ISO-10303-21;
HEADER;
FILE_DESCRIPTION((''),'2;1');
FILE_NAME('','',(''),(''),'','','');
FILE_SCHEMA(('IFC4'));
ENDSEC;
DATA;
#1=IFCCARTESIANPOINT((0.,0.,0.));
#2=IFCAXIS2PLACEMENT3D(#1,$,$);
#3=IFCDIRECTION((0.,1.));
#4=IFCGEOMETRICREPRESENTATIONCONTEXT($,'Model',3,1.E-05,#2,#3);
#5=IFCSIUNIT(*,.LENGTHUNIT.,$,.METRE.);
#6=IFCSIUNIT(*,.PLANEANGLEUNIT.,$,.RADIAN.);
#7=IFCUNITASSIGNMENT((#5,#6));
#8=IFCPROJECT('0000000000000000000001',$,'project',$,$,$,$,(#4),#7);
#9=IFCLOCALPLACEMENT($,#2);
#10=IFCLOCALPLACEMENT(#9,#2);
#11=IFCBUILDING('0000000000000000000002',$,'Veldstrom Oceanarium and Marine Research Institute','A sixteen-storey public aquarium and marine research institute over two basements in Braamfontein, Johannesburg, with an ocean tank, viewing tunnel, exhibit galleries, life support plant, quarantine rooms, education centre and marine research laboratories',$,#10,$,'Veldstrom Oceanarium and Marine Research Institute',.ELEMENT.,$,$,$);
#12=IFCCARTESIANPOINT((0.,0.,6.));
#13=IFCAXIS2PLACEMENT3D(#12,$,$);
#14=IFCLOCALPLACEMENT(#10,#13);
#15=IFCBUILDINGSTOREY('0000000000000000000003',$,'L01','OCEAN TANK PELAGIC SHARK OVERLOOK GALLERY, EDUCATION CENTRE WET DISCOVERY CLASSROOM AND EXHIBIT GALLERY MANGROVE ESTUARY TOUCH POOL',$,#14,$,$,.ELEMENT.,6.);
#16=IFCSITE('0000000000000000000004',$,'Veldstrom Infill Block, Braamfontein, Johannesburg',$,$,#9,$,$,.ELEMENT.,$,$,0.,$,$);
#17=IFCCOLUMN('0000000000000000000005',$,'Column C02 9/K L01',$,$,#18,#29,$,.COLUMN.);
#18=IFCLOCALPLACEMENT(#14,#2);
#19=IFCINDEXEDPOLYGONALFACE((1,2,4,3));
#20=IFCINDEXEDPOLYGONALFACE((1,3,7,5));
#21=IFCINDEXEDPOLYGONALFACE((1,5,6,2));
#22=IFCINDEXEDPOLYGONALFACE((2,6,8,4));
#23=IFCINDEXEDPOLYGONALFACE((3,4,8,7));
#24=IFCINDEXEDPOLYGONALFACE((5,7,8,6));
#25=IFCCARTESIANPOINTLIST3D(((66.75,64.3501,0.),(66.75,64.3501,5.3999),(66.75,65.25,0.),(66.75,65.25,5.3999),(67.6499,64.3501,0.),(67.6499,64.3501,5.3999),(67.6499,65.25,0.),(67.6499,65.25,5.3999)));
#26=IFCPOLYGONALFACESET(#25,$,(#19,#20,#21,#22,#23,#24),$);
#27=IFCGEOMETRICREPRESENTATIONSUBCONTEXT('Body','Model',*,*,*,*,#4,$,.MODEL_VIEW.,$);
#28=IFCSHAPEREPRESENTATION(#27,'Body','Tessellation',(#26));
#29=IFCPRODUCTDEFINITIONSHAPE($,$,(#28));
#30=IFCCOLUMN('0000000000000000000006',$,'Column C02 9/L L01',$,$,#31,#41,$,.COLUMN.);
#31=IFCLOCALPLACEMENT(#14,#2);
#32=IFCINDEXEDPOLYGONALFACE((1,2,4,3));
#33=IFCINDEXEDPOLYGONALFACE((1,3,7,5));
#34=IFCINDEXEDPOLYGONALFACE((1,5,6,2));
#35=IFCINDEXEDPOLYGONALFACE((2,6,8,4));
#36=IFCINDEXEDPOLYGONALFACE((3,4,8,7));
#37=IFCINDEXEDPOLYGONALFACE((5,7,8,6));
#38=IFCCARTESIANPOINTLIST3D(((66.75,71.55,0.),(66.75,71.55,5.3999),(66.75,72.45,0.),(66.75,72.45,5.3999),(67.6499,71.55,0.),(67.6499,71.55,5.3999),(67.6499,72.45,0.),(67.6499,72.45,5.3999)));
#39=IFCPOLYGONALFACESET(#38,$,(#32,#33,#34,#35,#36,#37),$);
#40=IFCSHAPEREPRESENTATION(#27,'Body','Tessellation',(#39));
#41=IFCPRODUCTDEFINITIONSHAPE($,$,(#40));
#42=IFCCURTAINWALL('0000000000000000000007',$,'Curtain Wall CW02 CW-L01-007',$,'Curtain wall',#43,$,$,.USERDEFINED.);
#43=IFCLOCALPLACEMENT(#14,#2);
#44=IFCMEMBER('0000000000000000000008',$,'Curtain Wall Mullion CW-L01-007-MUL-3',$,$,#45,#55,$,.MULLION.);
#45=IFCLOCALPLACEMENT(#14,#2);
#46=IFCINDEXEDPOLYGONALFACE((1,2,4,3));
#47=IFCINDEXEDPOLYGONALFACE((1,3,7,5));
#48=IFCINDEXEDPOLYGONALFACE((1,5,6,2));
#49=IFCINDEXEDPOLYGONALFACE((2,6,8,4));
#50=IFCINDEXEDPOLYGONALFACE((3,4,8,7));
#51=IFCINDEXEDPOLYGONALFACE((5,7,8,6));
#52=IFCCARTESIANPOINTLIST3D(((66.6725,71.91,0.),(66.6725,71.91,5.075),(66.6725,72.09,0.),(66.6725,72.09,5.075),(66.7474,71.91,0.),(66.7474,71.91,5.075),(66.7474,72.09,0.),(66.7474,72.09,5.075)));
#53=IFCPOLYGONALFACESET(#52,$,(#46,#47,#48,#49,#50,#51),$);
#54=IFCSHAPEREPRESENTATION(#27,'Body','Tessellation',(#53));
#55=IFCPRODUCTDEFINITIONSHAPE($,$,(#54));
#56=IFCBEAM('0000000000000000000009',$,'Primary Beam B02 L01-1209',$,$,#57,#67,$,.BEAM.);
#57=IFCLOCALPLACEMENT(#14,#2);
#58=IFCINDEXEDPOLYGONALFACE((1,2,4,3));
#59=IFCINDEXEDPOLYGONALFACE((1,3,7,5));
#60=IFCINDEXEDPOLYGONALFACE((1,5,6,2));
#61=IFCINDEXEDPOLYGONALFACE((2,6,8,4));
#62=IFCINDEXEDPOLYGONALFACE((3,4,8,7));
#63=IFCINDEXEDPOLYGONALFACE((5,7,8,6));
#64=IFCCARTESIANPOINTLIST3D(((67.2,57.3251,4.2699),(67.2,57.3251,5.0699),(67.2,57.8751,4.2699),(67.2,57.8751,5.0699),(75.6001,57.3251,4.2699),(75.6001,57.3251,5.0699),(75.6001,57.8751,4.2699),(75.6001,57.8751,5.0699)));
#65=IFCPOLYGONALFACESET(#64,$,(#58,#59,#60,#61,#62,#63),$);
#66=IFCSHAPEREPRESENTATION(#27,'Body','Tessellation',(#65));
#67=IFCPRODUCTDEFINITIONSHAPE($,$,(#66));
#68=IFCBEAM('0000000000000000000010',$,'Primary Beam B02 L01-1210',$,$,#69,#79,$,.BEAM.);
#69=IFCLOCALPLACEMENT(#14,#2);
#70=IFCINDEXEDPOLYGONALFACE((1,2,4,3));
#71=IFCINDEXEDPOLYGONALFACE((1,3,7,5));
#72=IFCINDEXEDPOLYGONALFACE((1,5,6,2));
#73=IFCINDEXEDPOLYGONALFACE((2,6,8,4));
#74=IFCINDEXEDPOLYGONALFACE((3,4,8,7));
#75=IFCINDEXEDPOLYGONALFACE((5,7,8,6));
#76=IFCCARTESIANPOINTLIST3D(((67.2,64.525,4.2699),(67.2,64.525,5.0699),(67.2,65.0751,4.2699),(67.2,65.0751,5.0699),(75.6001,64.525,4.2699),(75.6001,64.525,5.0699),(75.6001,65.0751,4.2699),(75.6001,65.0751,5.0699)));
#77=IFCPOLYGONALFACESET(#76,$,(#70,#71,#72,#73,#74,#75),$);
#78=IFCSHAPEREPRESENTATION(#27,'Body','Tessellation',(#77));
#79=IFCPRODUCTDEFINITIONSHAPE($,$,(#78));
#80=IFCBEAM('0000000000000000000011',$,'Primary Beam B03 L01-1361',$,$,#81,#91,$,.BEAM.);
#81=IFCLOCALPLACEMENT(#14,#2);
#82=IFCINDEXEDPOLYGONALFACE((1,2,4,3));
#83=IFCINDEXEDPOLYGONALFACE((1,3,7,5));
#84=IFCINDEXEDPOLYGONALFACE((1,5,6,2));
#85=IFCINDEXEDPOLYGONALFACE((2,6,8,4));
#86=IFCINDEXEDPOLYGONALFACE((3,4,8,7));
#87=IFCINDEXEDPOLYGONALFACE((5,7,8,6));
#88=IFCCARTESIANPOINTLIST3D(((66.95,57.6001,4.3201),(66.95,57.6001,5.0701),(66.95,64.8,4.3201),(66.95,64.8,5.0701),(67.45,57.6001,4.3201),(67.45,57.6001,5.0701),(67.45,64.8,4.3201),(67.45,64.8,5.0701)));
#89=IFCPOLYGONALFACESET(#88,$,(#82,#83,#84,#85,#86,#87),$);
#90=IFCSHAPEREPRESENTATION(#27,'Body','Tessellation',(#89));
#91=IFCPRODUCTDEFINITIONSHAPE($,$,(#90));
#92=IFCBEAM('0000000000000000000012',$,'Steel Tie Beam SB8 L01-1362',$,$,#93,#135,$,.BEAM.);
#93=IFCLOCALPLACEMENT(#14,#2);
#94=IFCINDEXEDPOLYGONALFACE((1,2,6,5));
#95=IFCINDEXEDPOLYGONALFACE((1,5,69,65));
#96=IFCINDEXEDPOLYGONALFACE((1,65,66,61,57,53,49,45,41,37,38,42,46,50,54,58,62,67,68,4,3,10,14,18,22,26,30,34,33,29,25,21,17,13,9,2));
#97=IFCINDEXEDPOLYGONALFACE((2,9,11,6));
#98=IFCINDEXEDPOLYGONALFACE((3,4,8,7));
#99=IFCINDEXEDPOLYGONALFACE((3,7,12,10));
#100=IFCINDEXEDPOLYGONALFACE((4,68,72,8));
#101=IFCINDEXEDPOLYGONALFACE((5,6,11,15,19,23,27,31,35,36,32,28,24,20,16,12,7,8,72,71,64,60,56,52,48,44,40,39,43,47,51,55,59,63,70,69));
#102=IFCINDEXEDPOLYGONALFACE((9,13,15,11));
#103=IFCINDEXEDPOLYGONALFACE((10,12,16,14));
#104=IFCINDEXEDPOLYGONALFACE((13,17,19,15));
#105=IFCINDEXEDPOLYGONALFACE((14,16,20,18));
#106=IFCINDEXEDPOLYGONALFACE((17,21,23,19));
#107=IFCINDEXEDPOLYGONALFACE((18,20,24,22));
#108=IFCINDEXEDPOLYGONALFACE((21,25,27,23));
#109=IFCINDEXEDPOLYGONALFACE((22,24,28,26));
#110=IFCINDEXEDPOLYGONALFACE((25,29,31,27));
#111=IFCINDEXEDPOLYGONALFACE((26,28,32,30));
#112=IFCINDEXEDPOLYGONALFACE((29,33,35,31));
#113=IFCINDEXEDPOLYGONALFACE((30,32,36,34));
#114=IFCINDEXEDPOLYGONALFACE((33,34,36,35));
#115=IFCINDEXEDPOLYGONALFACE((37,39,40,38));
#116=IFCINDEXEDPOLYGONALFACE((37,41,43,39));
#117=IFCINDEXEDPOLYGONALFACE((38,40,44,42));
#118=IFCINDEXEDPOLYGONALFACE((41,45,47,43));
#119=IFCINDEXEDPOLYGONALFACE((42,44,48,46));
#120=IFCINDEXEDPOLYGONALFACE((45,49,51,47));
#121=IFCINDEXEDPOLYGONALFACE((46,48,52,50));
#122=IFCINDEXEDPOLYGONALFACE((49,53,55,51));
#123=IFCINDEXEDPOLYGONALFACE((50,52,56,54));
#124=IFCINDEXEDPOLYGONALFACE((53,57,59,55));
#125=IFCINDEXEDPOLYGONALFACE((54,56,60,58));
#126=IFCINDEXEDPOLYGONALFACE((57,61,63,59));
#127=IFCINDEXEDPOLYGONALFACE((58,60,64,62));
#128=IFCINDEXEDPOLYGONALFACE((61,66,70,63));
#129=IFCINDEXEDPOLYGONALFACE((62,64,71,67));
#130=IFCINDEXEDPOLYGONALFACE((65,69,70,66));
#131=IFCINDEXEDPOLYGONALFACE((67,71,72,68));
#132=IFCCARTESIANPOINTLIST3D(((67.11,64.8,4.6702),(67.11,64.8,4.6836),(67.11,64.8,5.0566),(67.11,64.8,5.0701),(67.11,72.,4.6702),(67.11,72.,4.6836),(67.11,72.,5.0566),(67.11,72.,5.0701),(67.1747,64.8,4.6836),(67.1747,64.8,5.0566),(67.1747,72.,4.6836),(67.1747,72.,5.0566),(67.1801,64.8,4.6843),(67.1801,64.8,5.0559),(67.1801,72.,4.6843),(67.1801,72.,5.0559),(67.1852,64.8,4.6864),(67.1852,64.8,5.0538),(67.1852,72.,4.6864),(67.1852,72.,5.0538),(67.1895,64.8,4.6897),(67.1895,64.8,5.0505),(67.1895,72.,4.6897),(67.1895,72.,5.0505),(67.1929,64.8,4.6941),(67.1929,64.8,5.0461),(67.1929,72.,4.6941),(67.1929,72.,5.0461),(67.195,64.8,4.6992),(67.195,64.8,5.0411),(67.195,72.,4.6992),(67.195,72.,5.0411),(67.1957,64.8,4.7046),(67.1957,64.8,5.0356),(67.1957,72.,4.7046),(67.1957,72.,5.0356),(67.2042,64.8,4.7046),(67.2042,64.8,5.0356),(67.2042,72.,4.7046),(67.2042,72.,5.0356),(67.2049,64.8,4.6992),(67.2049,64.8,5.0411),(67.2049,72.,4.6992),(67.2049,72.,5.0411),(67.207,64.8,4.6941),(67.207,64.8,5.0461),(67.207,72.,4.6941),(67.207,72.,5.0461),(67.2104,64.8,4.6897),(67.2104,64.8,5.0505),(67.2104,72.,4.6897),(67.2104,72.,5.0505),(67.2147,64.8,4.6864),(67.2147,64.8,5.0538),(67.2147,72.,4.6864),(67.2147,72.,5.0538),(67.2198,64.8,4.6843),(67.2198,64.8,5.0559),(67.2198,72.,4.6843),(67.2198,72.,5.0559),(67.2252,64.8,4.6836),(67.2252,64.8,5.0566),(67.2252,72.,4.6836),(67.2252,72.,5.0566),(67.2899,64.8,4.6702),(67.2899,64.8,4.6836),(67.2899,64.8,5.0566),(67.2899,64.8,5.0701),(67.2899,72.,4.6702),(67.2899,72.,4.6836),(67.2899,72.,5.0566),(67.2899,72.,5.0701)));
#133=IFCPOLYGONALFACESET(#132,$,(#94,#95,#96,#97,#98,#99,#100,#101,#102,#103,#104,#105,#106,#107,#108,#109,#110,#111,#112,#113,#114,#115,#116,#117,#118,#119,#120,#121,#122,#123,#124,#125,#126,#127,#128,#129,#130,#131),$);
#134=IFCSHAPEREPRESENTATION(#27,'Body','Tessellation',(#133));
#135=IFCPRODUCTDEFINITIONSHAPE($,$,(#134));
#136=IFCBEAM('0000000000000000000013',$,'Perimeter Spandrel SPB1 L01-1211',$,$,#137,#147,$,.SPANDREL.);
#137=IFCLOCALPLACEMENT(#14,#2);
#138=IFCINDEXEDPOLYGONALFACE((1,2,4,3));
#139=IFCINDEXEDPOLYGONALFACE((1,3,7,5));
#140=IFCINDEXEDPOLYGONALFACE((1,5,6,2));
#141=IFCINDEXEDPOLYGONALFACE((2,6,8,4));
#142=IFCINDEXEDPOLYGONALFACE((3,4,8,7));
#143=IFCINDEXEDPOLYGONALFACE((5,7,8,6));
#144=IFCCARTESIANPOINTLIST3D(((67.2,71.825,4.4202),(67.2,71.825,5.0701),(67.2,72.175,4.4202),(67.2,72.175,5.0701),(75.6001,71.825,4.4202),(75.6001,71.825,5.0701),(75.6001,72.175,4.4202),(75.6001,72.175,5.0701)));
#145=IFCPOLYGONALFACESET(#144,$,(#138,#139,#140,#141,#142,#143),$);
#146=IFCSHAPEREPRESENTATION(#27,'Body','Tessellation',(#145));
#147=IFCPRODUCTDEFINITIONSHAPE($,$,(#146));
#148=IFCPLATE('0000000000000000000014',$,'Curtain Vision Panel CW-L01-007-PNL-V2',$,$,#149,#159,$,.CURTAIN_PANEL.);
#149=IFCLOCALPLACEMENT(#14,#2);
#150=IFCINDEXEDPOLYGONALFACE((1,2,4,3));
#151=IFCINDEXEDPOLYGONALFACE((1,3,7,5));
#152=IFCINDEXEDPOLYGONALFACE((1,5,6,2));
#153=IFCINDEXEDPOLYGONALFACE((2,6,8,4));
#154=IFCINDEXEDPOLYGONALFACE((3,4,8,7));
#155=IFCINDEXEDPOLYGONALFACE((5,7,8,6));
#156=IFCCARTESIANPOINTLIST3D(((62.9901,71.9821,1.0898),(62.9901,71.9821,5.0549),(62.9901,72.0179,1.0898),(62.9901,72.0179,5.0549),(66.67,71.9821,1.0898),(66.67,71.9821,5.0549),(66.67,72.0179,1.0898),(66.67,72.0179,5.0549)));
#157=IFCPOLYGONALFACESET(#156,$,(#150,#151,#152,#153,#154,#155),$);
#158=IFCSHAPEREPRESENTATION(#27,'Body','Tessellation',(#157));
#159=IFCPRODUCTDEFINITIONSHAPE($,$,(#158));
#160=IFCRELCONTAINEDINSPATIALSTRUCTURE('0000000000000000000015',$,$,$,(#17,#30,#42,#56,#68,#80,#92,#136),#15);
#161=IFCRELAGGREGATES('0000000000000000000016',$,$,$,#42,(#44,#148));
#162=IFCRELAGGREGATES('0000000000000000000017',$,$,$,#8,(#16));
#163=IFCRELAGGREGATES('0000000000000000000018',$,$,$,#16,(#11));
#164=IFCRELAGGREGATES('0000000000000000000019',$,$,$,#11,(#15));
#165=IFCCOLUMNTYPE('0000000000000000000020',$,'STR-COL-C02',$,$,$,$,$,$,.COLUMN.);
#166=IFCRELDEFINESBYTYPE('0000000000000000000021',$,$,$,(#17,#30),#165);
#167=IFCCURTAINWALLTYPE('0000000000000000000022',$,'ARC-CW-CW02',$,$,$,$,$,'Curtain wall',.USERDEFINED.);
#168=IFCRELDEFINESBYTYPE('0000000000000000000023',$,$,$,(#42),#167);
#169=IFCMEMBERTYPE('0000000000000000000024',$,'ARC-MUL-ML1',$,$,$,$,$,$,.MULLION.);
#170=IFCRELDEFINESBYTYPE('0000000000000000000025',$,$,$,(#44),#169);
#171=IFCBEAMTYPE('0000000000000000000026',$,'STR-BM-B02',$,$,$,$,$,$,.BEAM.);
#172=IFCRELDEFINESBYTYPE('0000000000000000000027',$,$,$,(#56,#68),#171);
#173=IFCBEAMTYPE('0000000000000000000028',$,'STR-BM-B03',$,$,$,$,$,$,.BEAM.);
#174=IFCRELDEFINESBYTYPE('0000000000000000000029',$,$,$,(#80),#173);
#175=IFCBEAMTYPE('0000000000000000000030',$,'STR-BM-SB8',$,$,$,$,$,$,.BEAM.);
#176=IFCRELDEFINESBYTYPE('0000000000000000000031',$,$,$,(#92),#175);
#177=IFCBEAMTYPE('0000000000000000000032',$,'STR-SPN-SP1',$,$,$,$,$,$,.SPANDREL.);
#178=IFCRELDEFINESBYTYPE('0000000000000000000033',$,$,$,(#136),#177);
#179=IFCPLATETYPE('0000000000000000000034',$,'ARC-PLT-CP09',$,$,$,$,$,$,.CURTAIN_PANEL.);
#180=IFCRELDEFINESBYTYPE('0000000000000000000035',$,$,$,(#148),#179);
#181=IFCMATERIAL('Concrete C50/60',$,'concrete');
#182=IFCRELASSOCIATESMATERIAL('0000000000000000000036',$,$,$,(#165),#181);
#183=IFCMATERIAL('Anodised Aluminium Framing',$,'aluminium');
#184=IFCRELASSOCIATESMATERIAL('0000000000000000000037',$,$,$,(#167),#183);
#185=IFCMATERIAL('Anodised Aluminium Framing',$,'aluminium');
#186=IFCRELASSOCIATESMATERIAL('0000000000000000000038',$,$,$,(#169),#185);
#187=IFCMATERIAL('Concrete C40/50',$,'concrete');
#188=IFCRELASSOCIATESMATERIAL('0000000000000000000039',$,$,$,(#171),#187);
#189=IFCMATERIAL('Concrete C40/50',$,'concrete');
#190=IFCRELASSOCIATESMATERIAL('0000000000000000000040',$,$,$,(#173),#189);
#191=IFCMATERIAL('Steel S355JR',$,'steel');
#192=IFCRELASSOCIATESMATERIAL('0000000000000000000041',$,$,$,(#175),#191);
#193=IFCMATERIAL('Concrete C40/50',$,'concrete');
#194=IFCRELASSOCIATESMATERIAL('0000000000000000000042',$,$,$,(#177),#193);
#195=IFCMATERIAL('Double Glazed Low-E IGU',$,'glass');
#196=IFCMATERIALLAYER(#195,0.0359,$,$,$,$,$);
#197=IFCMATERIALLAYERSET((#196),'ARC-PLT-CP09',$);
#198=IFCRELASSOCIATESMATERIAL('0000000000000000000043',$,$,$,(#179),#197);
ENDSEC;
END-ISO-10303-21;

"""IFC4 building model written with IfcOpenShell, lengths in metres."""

from ifc_helpers import new_model, si_unit, direction, frame, origin, origin_2d, place, context, subcontext, project, spatial, rectangle, i_section, extrude, material, layer, layer_set, material_profile, profile_set, type_object, element, aggregate, save


model = new_model("IFC4")

# Units and contexts
model_context = context("Model", 3, precision=1e-05, world=origin(), true_north=direction((0.0, 1.0)))
body_context = subcontext(model_context, "Body", "Model", "MODEL_VIEW")
ifc_project = project(units=[si_unit("LENGTHUNIT", "METRE"), si_unit("PLANEANGLEUNIT", "RADIAN")], contexts=[model_context])

# Site, building, storey
site_placement = place(None, origin())
site = spatial("IfcSite", under=ifc_project, at=site_placement, Name="Veldstrom Infill Block, Braamfontein, Johannesburg", CompositionType="ELEMENT", RefElevation=0.0)
building_placement = place(site_placement, origin())
building = spatial("IfcBuilding", under=site, at=building_placement, Name="Veldstrom Oceanarium and Marine Research Institute", Description="A sixteen-storey public aquarium and marine research institute over two basements in Braamfontein, Johannesburg, with an ocean tank, viewing tunnel, exhibit galleries, life support plant, quarantine rooms, education centre and marine research laboratories", LongName="Veldstrom Oceanarium and Marine Research Institute", CompositionType="ELEMENT")
storey_placement = place(building_placement, frame((0.0, 0.0, 6.0)))
storey = spatial("IfcBuildingStorey", under=building, at=storey_placement, Name="L01", Description="OCEAN TANK PELAGIC SHARK OVERLOOK GALLERY, EDUCATION CENTRE WET DISCOVERY CLASSROOM AND EXHIBIT GALLERY MANGROVE ESTUARY TOUCH POOL", CompositionType="ELEMENT", Elevation=6.0)

# Columns
ifc_material_1 = material(Name="Concrete C50/60", Category="concrete")
ifc_material_profile_1 = material_profile(ifc_material_1, rectangle(XDim=0.8999, YDim=0.8999, at=origin_2d()), Name="RC-COL-900x900")
ifc_profile_set_1 = profile_set([ifc_material_profile_1], Name="Concrete C50/60")
column_type = type_object("IfcColumnType", Name="STR-COL-C02", PredefinedType="COLUMN", material=ifc_profile_set_1)
for number, where, z_axis, x_axis, name in (
    (1, (67.2, 64.8, 0.0), (0.0, 0.0, 1.0), (1.0, 0.0, 0.0), "Column C02 9/K L01"),
    (2, (67.2, 72.0, 0.0), (0.0, 0.0, 1.0), (1.0, 0.0, 0.0), "Column C02 9/L L01"),
):
    element("IfcColumn", number, at=place(storey_placement, frame(where, z_axis=z_axis, x_axis=x_axis)), inside=storey, type_object=column_type, Name=name, PredefinedType="COLUMN", context=body_context, shape_type="SweptSolid", body=[
        extrude(rectangle(XDim=0.8999, YDim=0.8999, at=origin_2d()), origin(), (0.0, 0.0, 1.0), 5.3999),
    ])

# Curtain wall, member
ifc_material_2 = material(Name="Anodised Aluminium Framing", Category="aluminium")
curtain_wall_type = type_object("IfcCurtainWallType", Name="ARC-CW-CW02", ElementType="Curtain wall", PredefinedType="USERDEFINED", material=ifc_material_2)
curtain_wall_placement = place(storey_placement, origin())
curtain_wall = element("IfcCurtainWall", 3, at=curtain_wall_placement, inside=storey, type_object=curtain_wall_type, Name="Curtain Wall CW02 CW-L01-007", ObjectType="Curtain wall", PredefinedType="USERDEFINED")
ifc_material_3 = material(Name="Anodised Aluminium Framing", Category="aluminium")
ifc_material_profile_2 = material_profile(ifc_material_3, rectangle(XDim=0.075, YDim=0.1799, at=origin_2d()), Name="ALU-MUL-75x180")
ifc_profile_set_2 = profile_set([ifc_material_profile_2], Name="Anodised Aluminium Framing")
member_type = type_object("IfcMemberType", Name="ARC-MUL-ML1", PredefinedType="MULLION", material=ifc_profile_set_2)
member_placement = place(storey_placement, frame((66.71, 72.0, 0.0), z_axis=(0.0, 0.0, 1.0), x_axis=(1.0, 0.0, 0.0)))
member = element("IfcMember", 4, at=member_placement, type_object=member_type, Name="Curtain Wall Mullion CW-L01-007-MUL-3", PredefinedType="MULLION", context=body_context, shape_type="SweptSolid", body=[
    extrude(rectangle(XDim=0.075, YDim=0.1799, at=origin_2d()), origin(), (0.0, 0.0, 1.0), 5.075),
])

# Beams
ifc_material_4 = material(Name="Concrete C40/50", Category="concrete")
ifc_material_profile_3 = material_profile(ifc_material_4, rectangle(XDim=0.55, YDim=0.8, at=origin_2d()), Name="RC-BM-550x800")
ifc_profile_set_3 = profile_set([ifc_material_profile_3], Name="Concrete C40/50")
beam_type_1 = type_object("IfcBeamType", Name="STR-BM-B02", PredefinedType="BEAM", material=ifc_profile_set_3)
for number, where, z_axis, x_axis, name in (
    (5, (67.2, 57.6001, 4.6699), (1.0, 0.0, 0.0), (0.0, 1.0, 0.0), "Primary Beam B02 L01-1209"),
    (6, (67.2, 64.8, 4.6699), (1.0, 0.0, 0.0), (0.0, 1.0, 0.0), "Primary Beam B02 L01-1210"),
):
    element("IfcBeam", number, at=place(storey_placement, frame(where, z_axis=z_axis, x_axis=x_axis)), inside=storey, type_object=beam_type_1, Name=name, PredefinedType="BEAM", context=body_context, shape_type="SweptSolid", body=[
        extrude(rectangle(XDim=0.55, YDim=0.8, at=origin_2d()), origin(), (0.0, 0.0, 1.0), 8.4001),
    ])
ifc_material_5 = material(Name="Concrete C40/50", Category="concrete")
ifc_material_profile_4 = material_profile(ifc_material_5, rectangle(XDim=0.5, YDim=0.75, at=origin_2d()), Name="RC-BM-500x750")
ifc_profile_set_4 = profile_set([ifc_material_profile_4], Name="Concrete C40/50")
beam_type_2 = type_object("IfcBeamType", Name="STR-BM-B03", PredefinedType="BEAM", material=ifc_profile_set_4)
beam_1_placement = place(storey_placement, frame((67.2, 57.6001, 4.6951), z_axis=(0.0, 1.0, 0.0), x_axis=(-1.0, 0.0, 0.0)))
element("IfcBeam", 7, at=beam_1_placement, inside=storey, type_object=beam_type_2, Name="Primary Beam B03 L01-1361", PredefinedType="BEAM", context=body_context, shape_type="SweptSolid", body=[
    extrude(rectangle(XDim=0.5, YDim=0.75, at=origin_2d()), origin(), (0.0, 0.0, 1.0), 7.2),
])
ifc_material_6 = material(Name="Steel S355JR", Category="steel")
ifc_material_profile_5 = material_profile(ifc_material_6, i_section(OverallWidth=0.1799, OverallDepth=0.3999, WebThickness=0.0085, FlangeThickness=0.0134, FilletRadius=0.021, at=origin_2d()), Name="IPE 400")
ifc_profile_set_5 = profile_set([ifc_material_profile_5], Name="Steel S355JR")
beam_type_3 = type_object("IfcBeamType", Name="STR-BM-SB8", PredefinedType="BEAM", material=ifc_profile_set_5)
beam_2_placement = place(storey_placement, frame((67.2, 64.8, 4.8701), z_axis=(0.0, 1.0, 0.0), x_axis=(-1.0, 0.0, 0.0)))
element("IfcBeam", 8, at=beam_2_placement, inside=storey, type_object=beam_type_3, Name="Steel Tie Beam SB8 L01-1362", PredefinedType="BEAM", context=body_context, shape_type="SweptSolid", body=[
    extrude(i_section(OverallWidth=0.1799, OverallDepth=0.3999, WebThickness=0.0085, FlangeThickness=0.0134, FilletRadius=0.021, at=origin_2d()), origin(), (0.0, 0.0, 1.0), 7.2),
])
ifc_material_7 = material(Name="Concrete C40/50", Category="concrete")
ifc_material_profile_6 = material_profile(ifc_material_7, rectangle(XDim=0.3501, YDim=0.6499, at=origin_2d()), Name="RC-SPN-350x650")
ifc_profile_set_6 = profile_set([ifc_material_profile_6], Name="Concrete C40/50")
beam_type_4 = type_object("IfcBeamType", Name="STR-SPN-SP1", PredefinedType="SPANDREL", material=ifc_profile_set_6)
beam_3_placement = place(storey_placement, frame((67.2, 72.0, 4.7451), z_axis=(1.0, 0.0, 0.0), x_axis=(0.0, 1.0, 0.0)))
element("IfcBeam", 9, at=beam_3_placement, inside=storey, type_object=beam_type_4, Name="Perimeter Spandrel SPB1 L01-1211", PredefinedType="SPANDREL", context=body_context, shape_type="SweptSolid", body=[
    extrude(rectangle(XDim=0.3501, YDim=0.6499, at=origin_2d()), origin(), (0.0, 0.0, 1.0), 8.4001),
])

# Plate
ifc_material_8 = material(Name="Double Glazed Low-E IGU", Category="glass")
ifc_layer_1 = layer(ifc_material_8, 0.0359)
ifc_layer_set_1 = layer_set([ifc_layer_1], Name="ARC-PLT-CP09")
plate_type = type_object("IfcPlateType", Name="ARC-PLT-CP09", PredefinedType="CURTAIN_PANEL", material=ifc_layer_set_1)
plate_placement = place(storey_placement, frame((64.8301, 72.0, 1.0898), z_axis=(0.0, 0.0, 1.0), x_axis=(1.0, 0.0, 0.0)))
plate = element("IfcPlate", 10, at=plate_placement, type_object=plate_type, Name="Curtain Vision Panel CW-L01-007-PNL-V2", PredefinedType="CURTAIN_PANEL", context=body_context, shape_type="SweptSolid", body=[
    extrude(rectangle(XDim=3.6799, YDim=0.0359, at=origin_2d()), origin(), (0.0, 0.0, 1.0), 3.9651),
])
aggregate(curtain_wall, [member, plate])

save(model, "model.ifc")
